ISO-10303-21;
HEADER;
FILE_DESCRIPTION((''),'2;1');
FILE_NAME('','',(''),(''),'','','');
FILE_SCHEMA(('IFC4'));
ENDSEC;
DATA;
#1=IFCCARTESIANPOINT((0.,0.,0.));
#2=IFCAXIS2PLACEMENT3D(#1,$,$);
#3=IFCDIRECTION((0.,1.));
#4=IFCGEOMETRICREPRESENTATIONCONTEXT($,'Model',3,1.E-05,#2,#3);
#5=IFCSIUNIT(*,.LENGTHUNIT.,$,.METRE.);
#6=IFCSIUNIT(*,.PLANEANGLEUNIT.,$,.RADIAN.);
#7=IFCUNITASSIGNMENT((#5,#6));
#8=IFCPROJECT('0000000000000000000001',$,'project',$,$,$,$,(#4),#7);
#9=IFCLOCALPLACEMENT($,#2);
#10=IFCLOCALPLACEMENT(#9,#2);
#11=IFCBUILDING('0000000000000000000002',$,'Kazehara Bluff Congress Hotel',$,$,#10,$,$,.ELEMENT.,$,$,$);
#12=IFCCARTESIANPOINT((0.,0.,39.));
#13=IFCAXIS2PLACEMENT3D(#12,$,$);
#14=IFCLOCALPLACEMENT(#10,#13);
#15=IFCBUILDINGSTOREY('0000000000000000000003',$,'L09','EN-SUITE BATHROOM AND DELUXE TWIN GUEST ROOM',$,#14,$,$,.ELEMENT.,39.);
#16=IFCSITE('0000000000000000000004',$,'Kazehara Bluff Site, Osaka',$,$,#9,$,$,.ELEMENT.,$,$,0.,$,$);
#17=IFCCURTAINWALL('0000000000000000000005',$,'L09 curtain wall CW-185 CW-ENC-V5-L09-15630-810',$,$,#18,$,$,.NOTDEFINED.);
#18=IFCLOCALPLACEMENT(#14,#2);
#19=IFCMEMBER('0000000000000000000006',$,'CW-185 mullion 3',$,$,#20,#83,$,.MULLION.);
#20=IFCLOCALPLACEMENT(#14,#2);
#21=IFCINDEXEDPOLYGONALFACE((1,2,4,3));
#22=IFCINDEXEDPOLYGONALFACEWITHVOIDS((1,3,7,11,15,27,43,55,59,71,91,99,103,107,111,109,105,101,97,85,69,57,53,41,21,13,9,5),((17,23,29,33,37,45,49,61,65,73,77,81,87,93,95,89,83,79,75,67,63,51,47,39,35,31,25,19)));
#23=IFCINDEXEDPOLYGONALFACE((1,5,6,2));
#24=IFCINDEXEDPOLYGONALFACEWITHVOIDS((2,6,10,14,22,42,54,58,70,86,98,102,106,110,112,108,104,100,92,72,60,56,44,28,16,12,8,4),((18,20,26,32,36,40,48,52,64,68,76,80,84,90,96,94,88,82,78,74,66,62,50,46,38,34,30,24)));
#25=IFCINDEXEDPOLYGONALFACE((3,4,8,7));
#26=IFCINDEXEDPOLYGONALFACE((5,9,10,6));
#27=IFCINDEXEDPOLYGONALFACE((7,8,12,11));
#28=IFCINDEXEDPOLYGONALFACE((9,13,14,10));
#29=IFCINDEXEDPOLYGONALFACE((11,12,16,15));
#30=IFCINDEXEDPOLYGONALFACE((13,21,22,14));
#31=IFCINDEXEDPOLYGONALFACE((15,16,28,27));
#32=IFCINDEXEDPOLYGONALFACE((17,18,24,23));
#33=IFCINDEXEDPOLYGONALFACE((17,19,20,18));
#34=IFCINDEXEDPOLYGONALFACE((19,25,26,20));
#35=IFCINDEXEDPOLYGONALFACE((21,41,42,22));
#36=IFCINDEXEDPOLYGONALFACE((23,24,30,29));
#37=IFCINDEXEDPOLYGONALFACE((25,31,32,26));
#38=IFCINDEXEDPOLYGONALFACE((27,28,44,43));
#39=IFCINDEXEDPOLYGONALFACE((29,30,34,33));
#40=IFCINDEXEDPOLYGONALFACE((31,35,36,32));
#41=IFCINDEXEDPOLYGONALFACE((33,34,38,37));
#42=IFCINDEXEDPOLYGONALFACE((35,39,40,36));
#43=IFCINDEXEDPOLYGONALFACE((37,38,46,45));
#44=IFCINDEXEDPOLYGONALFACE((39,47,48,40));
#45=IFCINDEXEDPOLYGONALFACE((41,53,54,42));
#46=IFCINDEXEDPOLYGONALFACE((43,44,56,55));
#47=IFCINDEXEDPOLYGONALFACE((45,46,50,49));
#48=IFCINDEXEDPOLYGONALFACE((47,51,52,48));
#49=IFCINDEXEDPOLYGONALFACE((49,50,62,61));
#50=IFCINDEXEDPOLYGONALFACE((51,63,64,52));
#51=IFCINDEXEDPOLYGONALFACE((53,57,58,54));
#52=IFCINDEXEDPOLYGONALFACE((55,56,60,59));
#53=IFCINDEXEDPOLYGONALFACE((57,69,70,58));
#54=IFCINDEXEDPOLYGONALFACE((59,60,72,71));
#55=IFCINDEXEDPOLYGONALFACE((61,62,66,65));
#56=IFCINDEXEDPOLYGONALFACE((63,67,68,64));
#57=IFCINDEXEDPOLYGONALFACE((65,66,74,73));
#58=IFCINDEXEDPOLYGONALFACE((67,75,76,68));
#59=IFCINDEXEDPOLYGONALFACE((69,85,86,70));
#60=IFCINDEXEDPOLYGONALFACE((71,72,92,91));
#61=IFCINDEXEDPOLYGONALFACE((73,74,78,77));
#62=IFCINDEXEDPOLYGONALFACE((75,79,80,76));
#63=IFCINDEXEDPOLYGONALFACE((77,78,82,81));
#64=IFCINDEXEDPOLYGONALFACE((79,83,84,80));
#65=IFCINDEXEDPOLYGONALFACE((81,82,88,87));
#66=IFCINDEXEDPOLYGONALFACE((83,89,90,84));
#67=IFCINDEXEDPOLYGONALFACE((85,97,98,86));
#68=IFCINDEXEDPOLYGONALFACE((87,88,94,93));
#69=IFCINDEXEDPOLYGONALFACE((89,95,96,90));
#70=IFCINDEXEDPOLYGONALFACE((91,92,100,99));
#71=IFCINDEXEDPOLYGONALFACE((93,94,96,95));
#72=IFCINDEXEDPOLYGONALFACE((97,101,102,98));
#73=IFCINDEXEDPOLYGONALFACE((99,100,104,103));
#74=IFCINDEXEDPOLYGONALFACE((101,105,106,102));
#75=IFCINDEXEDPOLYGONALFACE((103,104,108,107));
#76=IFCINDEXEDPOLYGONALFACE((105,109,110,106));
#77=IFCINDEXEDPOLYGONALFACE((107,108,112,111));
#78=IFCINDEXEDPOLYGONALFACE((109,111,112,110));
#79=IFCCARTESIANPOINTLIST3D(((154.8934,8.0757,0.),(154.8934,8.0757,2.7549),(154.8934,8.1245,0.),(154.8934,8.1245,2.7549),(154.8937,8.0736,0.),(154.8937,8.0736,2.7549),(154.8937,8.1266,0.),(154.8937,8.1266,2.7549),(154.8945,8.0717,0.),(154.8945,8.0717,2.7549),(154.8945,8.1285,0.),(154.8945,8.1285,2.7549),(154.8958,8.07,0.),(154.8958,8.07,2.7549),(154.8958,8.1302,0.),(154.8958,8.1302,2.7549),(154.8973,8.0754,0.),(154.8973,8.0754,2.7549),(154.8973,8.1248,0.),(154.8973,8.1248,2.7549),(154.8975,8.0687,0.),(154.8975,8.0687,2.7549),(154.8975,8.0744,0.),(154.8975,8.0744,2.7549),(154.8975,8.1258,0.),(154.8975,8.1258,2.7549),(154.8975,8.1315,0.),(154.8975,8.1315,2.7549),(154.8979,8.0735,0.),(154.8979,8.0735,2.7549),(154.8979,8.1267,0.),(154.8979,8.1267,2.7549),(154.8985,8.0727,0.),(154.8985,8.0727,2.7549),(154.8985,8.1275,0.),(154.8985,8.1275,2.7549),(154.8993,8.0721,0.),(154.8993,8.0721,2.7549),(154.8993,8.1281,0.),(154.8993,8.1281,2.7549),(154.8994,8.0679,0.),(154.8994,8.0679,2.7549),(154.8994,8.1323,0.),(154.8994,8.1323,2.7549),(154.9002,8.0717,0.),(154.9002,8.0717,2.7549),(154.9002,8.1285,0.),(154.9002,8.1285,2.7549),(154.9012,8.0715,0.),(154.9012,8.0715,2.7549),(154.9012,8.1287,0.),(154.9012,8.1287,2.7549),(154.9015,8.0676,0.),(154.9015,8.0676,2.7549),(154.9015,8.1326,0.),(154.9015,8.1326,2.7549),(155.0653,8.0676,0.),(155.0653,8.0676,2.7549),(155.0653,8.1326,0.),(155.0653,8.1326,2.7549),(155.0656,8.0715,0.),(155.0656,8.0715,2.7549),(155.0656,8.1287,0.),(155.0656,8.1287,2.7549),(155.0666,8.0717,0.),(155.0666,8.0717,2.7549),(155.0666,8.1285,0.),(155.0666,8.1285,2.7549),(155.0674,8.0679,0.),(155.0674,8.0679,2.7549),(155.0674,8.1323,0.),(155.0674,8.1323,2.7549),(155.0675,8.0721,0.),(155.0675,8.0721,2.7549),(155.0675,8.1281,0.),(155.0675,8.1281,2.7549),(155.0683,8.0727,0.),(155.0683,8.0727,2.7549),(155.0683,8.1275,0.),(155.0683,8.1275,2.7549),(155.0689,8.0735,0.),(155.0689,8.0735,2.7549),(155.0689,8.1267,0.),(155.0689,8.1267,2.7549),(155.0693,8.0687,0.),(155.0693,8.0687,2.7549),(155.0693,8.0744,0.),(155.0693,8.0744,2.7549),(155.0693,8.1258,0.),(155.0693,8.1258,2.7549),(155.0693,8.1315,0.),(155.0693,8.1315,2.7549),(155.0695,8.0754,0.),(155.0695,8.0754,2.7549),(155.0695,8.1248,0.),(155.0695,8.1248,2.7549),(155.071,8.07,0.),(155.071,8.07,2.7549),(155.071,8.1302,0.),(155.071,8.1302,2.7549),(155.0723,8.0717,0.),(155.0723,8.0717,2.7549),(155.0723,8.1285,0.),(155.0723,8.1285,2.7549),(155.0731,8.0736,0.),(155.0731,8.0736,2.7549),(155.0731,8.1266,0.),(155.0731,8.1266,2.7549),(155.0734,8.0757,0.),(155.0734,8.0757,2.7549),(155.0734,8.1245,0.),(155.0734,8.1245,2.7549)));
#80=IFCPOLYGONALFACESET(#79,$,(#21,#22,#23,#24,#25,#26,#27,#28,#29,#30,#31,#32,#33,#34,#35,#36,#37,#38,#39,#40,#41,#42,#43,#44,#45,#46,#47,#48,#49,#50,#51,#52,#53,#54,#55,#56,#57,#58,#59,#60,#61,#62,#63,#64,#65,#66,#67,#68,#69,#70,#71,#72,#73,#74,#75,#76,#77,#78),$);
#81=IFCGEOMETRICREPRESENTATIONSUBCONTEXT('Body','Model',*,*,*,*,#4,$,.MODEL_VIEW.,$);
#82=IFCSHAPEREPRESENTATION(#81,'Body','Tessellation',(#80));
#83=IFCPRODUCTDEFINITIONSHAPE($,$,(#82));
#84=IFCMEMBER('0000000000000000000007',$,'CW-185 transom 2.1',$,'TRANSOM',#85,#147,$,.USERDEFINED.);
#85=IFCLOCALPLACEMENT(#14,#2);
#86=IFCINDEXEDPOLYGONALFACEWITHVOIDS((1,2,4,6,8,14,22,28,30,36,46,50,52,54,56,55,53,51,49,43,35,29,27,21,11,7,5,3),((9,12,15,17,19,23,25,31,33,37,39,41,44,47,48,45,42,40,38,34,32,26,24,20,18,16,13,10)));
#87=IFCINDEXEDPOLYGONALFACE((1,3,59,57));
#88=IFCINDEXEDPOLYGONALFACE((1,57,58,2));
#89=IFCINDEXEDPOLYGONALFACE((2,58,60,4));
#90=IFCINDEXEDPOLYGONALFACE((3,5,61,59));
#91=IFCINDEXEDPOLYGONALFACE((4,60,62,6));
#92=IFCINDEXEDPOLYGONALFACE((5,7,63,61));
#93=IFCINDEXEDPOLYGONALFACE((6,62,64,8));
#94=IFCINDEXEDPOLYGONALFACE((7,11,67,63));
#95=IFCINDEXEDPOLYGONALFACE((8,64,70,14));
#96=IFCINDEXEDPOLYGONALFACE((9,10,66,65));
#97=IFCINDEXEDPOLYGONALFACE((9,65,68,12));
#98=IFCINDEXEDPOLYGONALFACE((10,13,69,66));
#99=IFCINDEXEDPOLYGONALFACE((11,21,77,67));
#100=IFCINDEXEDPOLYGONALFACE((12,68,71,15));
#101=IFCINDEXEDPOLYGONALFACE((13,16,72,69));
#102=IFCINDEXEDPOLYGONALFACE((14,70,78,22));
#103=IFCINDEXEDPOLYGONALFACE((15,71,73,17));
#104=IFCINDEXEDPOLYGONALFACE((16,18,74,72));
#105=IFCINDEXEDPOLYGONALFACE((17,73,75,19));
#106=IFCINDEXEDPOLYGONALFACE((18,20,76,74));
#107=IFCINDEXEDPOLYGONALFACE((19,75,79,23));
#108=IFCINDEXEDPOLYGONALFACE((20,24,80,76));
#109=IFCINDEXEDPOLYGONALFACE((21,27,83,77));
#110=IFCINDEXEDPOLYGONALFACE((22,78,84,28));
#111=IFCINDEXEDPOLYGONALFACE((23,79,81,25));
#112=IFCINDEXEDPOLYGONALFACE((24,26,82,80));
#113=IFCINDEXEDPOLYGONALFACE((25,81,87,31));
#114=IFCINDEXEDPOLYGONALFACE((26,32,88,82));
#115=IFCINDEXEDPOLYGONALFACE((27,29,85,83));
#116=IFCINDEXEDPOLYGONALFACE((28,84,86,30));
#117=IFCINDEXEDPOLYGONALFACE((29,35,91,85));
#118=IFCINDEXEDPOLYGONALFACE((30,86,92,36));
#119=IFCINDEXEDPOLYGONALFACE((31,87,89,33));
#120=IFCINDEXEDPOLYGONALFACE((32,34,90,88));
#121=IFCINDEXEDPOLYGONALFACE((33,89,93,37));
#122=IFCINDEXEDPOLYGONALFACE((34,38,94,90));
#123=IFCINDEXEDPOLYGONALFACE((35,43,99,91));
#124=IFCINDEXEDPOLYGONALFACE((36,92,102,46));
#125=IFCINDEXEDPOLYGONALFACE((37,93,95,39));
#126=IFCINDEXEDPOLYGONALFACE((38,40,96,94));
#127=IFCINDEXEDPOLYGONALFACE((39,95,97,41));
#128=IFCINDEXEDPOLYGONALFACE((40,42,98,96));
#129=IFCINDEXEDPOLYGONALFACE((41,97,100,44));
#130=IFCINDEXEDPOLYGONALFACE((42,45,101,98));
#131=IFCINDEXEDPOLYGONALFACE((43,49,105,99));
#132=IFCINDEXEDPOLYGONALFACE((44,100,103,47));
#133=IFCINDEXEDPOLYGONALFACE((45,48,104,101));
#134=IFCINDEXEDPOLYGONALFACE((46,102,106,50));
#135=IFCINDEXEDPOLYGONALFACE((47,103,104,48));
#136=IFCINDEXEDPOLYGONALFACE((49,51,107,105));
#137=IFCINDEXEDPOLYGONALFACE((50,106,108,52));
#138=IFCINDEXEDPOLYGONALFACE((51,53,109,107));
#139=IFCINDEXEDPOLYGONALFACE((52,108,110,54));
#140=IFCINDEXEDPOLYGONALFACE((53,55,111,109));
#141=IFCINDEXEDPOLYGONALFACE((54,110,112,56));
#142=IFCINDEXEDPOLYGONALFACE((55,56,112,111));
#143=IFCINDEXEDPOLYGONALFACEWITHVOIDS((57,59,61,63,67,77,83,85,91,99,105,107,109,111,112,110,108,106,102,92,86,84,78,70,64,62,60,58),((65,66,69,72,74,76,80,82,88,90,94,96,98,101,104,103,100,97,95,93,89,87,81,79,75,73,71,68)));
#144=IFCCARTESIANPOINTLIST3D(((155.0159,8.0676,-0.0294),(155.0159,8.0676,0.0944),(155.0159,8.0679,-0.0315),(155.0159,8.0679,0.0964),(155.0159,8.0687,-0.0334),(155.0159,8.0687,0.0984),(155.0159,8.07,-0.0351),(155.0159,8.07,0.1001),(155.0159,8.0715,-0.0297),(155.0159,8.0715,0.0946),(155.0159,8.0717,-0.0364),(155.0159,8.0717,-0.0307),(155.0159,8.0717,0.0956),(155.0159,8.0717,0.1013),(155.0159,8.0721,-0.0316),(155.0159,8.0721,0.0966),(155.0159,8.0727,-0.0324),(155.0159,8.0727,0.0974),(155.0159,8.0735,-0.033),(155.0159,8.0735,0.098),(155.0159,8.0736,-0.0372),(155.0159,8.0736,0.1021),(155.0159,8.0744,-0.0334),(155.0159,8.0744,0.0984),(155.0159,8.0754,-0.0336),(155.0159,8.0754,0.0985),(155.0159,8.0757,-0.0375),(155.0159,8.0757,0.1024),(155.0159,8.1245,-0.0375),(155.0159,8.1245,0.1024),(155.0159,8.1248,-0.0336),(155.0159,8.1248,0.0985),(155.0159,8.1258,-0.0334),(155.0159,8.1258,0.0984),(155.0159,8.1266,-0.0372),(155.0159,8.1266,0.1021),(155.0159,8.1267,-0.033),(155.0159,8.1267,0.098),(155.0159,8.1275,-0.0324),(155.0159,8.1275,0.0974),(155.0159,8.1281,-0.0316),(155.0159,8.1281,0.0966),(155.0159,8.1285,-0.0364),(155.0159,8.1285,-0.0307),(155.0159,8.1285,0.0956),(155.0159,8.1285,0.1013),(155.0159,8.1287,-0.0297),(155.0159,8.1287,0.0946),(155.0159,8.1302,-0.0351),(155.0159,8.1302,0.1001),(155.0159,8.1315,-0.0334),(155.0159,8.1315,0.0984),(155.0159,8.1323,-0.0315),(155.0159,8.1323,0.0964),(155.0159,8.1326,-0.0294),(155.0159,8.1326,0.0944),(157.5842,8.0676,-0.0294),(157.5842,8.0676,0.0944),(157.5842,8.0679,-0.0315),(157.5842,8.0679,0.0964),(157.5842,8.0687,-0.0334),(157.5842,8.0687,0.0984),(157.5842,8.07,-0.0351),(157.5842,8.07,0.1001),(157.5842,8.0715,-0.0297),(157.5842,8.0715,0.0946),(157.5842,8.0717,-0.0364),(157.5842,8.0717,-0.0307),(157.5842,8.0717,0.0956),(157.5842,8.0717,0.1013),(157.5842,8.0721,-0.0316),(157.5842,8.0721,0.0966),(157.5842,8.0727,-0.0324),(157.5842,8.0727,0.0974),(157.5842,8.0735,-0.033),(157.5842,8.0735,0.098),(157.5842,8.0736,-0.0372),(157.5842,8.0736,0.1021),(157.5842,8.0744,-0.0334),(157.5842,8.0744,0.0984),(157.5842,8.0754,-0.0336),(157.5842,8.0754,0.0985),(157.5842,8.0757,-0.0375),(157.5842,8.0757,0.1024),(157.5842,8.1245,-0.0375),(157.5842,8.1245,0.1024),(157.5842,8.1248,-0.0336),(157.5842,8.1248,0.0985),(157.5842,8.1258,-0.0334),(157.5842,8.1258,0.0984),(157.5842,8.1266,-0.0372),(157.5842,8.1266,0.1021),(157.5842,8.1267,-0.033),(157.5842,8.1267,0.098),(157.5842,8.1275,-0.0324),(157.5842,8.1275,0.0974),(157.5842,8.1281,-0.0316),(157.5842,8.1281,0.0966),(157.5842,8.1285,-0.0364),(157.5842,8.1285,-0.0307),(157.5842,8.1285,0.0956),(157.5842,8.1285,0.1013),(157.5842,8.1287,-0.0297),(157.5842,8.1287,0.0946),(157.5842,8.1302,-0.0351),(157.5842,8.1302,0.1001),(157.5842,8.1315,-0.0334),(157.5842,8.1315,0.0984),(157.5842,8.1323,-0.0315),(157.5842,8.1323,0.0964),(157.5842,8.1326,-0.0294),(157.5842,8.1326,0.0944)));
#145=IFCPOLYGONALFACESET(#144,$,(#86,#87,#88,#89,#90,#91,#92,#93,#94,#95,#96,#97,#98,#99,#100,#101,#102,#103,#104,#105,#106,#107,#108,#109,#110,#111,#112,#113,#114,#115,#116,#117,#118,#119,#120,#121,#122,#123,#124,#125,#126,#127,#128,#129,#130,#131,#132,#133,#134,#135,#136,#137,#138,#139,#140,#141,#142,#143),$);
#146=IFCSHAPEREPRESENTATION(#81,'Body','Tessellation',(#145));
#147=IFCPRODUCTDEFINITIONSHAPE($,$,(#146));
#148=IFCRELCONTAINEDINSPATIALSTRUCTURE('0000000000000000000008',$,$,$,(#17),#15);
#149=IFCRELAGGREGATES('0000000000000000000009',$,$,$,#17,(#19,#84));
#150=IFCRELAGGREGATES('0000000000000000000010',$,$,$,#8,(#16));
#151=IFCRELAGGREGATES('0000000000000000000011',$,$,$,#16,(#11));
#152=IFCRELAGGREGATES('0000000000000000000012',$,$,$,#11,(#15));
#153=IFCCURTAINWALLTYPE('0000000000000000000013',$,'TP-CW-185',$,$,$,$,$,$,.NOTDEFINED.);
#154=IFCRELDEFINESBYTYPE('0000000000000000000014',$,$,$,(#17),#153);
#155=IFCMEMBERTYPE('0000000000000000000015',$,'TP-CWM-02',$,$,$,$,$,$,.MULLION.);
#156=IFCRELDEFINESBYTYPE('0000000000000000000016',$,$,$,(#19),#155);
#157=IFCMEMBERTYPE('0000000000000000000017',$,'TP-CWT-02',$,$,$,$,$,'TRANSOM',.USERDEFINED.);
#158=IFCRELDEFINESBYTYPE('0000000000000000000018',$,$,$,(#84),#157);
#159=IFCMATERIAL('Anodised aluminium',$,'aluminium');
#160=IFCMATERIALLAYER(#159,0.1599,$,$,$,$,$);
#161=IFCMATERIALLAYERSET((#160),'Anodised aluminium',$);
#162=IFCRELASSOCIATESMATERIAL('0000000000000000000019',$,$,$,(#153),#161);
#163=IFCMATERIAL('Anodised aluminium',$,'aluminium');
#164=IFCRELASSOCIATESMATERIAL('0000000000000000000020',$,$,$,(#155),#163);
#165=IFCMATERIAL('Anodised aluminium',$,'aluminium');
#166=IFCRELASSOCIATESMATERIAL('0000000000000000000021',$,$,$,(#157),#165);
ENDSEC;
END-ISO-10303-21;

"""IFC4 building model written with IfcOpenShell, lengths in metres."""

from ifc_helpers import new_model, si_unit, direction, frame, origin, origin_2d, place, context, subcontext, project, spatial, hollow_rectangle, extrude, material, layer, layer_set, material_profile, profile_set, type_object, element, aggregate, save


model = new_model("IFC4")

# Units and contexts
model_context = context("Model", 3, precision=1e-05, world=origin(), true_north=direction((0.0, 1.0)))
body_context = subcontext(model_context, "Body", "Model", "MODEL_VIEW")
ifc_project = project(units=[si_unit("LENGTHUNIT", "METRE"), si_unit("PLANEANGLEUNIT", "RADIAN")], contexts=[model_context])

# Site, building, storey
site_placement = place(None, origin())
site = spatial("IfcSite", under=ifc_project, at=site_placement, Name="Kazehara Bluff Site, Osaka", CompositionType="ELEMENT", RefElevation=0.0)
building_placement = place(site_placement, origin())
building = spatial("IfcBuilding", under=site, at=building_placement, Name="Kazehara Bluff Congress Hotel", CompositionType="ELEMENT")
storey_placement = place(building_placement, frame((0.0, 0.0, 39.0)))
storey = spatial("IfcBuildingStorey", under=building, at=storey_placement, Name="L09", Description="EN-SUITE BATHROOM AND DELUXE TWIN GUEST ROOM", CompositionType="ELEMENT", Elevation=39.0)

# Curtain wall, members
ifc_material_1 = material(Name="Anodised aluminium", Category="aluminium")
ifc_layer_1 = layer(ifc_material_1, 0.1599)
ifc_layer_set_1 = layer_set([ifc_layer_1], Name="Anodised aluminium")
curtain_wall_type = type_object("IfcCurtainWallType", Name="TP-CW-185", PredefinedType="NOTDEFINED", material=ifc_layer_set_1)
curtain_wall_placement = place(storey_placement, origin())
curtain_wall = element("IfcCurtainWall", 1, at=curtain_wall_placement, inside=storey, type_object=curtain_wall_type, Name="L09 curtain wall CW-185 CW-ENC-V5-L09-15630-810", PredefinedType="NOTDEFINED")
ifc_material_2 = material(Name="Anodised aluminium", Category="aluminium")
ifc_material_profile_1 = material_profile(ifc_material_2, hollow_rectangle(XDim=0.0649, YDim=0.1799, WallThickness=0.0039, InnerFilletRadius=0.0039, OuterFilletRadius=0.0081, at=origin_2d()))
ifc_profile_set_1 = profile_set([ifc_material_profile_1], Name="Anodised aluminium")
member_type_1 = type_object("IfcMemberType", Name="TP-CWM-02", PredefinedType="MULLION", material=ifc_profile_set_1)
member_1_placement = place(storey_placement, frame((154.9834, 8.1001, 0.0), z_axis=(0.0, 0.0, 1.0), x_axis=(0.0, -1.0, 0.0)))
member_1 = element("IfcMember", 2, at=member_1_placement, type_object=member_type_1, Name="CW-185 mullion 3", PredefinedType="MULLION", context=body_context, shape_type="SweptSolid", body=[
    extrude(hollow_rectangle(XDim=0.0649, YDim=0.1799, WallThickness=0.0039, InnerFilletRadius=0.0039, OuterFilletRadius=0.0081, at=origin_2d()), origin(), (0.0, 0.0, 1.0), 2.7549),
])
ifc_material_3 = material(Name="Anodised aluminium", Category="aluminium")
ifc_material_profile_2 = material_profile(ifc_material_3, hollow_rectangle(XDim=0.0649, YDim=0.1399, WallThickness=0.0039, InnerFilletRadius=0.0039, OuterFilletRadius=0.0081, at=origin_2d()))
ifc_profile_set_2 = profile_set([ifc_material_profile_2], Name="Anodised aluminium")
member_type_2 = type_object("IfcMemberType", Name="TP-CWT-02", ElementType="TRANSOM", PredefinedType="USERDEFINED", material=ifc_profile_set_2)
member_2_placement = place(storey_placement, frame((157.5842, 8.1001, 0.0325), z_axis=(-1.0, 0.0, 0.0), x_axis=(0.0, -1.0, 0.0)))
member_2 = element("IfcMember", 3, at=member_2_placement, type_object=member_type_2, Name="CW-185 transom 2.1", ObjectType="TRANSOM", PredefinedType="USERDEFINED", context=body_context, shape_type="SweptSolid", body=[
    extrude(hollow_rectangle(XDim=0.0649, YDim=0.1399, WallThickness=0.0039, InnerFilletRadius=0.0039, OuterFilletRadius=0.0081, at=origin_2d()), origin(), (0.0, 0.0, 1.0), 2.5684),
])
aggregate(curtain_wall, [member_1, member_2])

save(model, "model.ifc")
